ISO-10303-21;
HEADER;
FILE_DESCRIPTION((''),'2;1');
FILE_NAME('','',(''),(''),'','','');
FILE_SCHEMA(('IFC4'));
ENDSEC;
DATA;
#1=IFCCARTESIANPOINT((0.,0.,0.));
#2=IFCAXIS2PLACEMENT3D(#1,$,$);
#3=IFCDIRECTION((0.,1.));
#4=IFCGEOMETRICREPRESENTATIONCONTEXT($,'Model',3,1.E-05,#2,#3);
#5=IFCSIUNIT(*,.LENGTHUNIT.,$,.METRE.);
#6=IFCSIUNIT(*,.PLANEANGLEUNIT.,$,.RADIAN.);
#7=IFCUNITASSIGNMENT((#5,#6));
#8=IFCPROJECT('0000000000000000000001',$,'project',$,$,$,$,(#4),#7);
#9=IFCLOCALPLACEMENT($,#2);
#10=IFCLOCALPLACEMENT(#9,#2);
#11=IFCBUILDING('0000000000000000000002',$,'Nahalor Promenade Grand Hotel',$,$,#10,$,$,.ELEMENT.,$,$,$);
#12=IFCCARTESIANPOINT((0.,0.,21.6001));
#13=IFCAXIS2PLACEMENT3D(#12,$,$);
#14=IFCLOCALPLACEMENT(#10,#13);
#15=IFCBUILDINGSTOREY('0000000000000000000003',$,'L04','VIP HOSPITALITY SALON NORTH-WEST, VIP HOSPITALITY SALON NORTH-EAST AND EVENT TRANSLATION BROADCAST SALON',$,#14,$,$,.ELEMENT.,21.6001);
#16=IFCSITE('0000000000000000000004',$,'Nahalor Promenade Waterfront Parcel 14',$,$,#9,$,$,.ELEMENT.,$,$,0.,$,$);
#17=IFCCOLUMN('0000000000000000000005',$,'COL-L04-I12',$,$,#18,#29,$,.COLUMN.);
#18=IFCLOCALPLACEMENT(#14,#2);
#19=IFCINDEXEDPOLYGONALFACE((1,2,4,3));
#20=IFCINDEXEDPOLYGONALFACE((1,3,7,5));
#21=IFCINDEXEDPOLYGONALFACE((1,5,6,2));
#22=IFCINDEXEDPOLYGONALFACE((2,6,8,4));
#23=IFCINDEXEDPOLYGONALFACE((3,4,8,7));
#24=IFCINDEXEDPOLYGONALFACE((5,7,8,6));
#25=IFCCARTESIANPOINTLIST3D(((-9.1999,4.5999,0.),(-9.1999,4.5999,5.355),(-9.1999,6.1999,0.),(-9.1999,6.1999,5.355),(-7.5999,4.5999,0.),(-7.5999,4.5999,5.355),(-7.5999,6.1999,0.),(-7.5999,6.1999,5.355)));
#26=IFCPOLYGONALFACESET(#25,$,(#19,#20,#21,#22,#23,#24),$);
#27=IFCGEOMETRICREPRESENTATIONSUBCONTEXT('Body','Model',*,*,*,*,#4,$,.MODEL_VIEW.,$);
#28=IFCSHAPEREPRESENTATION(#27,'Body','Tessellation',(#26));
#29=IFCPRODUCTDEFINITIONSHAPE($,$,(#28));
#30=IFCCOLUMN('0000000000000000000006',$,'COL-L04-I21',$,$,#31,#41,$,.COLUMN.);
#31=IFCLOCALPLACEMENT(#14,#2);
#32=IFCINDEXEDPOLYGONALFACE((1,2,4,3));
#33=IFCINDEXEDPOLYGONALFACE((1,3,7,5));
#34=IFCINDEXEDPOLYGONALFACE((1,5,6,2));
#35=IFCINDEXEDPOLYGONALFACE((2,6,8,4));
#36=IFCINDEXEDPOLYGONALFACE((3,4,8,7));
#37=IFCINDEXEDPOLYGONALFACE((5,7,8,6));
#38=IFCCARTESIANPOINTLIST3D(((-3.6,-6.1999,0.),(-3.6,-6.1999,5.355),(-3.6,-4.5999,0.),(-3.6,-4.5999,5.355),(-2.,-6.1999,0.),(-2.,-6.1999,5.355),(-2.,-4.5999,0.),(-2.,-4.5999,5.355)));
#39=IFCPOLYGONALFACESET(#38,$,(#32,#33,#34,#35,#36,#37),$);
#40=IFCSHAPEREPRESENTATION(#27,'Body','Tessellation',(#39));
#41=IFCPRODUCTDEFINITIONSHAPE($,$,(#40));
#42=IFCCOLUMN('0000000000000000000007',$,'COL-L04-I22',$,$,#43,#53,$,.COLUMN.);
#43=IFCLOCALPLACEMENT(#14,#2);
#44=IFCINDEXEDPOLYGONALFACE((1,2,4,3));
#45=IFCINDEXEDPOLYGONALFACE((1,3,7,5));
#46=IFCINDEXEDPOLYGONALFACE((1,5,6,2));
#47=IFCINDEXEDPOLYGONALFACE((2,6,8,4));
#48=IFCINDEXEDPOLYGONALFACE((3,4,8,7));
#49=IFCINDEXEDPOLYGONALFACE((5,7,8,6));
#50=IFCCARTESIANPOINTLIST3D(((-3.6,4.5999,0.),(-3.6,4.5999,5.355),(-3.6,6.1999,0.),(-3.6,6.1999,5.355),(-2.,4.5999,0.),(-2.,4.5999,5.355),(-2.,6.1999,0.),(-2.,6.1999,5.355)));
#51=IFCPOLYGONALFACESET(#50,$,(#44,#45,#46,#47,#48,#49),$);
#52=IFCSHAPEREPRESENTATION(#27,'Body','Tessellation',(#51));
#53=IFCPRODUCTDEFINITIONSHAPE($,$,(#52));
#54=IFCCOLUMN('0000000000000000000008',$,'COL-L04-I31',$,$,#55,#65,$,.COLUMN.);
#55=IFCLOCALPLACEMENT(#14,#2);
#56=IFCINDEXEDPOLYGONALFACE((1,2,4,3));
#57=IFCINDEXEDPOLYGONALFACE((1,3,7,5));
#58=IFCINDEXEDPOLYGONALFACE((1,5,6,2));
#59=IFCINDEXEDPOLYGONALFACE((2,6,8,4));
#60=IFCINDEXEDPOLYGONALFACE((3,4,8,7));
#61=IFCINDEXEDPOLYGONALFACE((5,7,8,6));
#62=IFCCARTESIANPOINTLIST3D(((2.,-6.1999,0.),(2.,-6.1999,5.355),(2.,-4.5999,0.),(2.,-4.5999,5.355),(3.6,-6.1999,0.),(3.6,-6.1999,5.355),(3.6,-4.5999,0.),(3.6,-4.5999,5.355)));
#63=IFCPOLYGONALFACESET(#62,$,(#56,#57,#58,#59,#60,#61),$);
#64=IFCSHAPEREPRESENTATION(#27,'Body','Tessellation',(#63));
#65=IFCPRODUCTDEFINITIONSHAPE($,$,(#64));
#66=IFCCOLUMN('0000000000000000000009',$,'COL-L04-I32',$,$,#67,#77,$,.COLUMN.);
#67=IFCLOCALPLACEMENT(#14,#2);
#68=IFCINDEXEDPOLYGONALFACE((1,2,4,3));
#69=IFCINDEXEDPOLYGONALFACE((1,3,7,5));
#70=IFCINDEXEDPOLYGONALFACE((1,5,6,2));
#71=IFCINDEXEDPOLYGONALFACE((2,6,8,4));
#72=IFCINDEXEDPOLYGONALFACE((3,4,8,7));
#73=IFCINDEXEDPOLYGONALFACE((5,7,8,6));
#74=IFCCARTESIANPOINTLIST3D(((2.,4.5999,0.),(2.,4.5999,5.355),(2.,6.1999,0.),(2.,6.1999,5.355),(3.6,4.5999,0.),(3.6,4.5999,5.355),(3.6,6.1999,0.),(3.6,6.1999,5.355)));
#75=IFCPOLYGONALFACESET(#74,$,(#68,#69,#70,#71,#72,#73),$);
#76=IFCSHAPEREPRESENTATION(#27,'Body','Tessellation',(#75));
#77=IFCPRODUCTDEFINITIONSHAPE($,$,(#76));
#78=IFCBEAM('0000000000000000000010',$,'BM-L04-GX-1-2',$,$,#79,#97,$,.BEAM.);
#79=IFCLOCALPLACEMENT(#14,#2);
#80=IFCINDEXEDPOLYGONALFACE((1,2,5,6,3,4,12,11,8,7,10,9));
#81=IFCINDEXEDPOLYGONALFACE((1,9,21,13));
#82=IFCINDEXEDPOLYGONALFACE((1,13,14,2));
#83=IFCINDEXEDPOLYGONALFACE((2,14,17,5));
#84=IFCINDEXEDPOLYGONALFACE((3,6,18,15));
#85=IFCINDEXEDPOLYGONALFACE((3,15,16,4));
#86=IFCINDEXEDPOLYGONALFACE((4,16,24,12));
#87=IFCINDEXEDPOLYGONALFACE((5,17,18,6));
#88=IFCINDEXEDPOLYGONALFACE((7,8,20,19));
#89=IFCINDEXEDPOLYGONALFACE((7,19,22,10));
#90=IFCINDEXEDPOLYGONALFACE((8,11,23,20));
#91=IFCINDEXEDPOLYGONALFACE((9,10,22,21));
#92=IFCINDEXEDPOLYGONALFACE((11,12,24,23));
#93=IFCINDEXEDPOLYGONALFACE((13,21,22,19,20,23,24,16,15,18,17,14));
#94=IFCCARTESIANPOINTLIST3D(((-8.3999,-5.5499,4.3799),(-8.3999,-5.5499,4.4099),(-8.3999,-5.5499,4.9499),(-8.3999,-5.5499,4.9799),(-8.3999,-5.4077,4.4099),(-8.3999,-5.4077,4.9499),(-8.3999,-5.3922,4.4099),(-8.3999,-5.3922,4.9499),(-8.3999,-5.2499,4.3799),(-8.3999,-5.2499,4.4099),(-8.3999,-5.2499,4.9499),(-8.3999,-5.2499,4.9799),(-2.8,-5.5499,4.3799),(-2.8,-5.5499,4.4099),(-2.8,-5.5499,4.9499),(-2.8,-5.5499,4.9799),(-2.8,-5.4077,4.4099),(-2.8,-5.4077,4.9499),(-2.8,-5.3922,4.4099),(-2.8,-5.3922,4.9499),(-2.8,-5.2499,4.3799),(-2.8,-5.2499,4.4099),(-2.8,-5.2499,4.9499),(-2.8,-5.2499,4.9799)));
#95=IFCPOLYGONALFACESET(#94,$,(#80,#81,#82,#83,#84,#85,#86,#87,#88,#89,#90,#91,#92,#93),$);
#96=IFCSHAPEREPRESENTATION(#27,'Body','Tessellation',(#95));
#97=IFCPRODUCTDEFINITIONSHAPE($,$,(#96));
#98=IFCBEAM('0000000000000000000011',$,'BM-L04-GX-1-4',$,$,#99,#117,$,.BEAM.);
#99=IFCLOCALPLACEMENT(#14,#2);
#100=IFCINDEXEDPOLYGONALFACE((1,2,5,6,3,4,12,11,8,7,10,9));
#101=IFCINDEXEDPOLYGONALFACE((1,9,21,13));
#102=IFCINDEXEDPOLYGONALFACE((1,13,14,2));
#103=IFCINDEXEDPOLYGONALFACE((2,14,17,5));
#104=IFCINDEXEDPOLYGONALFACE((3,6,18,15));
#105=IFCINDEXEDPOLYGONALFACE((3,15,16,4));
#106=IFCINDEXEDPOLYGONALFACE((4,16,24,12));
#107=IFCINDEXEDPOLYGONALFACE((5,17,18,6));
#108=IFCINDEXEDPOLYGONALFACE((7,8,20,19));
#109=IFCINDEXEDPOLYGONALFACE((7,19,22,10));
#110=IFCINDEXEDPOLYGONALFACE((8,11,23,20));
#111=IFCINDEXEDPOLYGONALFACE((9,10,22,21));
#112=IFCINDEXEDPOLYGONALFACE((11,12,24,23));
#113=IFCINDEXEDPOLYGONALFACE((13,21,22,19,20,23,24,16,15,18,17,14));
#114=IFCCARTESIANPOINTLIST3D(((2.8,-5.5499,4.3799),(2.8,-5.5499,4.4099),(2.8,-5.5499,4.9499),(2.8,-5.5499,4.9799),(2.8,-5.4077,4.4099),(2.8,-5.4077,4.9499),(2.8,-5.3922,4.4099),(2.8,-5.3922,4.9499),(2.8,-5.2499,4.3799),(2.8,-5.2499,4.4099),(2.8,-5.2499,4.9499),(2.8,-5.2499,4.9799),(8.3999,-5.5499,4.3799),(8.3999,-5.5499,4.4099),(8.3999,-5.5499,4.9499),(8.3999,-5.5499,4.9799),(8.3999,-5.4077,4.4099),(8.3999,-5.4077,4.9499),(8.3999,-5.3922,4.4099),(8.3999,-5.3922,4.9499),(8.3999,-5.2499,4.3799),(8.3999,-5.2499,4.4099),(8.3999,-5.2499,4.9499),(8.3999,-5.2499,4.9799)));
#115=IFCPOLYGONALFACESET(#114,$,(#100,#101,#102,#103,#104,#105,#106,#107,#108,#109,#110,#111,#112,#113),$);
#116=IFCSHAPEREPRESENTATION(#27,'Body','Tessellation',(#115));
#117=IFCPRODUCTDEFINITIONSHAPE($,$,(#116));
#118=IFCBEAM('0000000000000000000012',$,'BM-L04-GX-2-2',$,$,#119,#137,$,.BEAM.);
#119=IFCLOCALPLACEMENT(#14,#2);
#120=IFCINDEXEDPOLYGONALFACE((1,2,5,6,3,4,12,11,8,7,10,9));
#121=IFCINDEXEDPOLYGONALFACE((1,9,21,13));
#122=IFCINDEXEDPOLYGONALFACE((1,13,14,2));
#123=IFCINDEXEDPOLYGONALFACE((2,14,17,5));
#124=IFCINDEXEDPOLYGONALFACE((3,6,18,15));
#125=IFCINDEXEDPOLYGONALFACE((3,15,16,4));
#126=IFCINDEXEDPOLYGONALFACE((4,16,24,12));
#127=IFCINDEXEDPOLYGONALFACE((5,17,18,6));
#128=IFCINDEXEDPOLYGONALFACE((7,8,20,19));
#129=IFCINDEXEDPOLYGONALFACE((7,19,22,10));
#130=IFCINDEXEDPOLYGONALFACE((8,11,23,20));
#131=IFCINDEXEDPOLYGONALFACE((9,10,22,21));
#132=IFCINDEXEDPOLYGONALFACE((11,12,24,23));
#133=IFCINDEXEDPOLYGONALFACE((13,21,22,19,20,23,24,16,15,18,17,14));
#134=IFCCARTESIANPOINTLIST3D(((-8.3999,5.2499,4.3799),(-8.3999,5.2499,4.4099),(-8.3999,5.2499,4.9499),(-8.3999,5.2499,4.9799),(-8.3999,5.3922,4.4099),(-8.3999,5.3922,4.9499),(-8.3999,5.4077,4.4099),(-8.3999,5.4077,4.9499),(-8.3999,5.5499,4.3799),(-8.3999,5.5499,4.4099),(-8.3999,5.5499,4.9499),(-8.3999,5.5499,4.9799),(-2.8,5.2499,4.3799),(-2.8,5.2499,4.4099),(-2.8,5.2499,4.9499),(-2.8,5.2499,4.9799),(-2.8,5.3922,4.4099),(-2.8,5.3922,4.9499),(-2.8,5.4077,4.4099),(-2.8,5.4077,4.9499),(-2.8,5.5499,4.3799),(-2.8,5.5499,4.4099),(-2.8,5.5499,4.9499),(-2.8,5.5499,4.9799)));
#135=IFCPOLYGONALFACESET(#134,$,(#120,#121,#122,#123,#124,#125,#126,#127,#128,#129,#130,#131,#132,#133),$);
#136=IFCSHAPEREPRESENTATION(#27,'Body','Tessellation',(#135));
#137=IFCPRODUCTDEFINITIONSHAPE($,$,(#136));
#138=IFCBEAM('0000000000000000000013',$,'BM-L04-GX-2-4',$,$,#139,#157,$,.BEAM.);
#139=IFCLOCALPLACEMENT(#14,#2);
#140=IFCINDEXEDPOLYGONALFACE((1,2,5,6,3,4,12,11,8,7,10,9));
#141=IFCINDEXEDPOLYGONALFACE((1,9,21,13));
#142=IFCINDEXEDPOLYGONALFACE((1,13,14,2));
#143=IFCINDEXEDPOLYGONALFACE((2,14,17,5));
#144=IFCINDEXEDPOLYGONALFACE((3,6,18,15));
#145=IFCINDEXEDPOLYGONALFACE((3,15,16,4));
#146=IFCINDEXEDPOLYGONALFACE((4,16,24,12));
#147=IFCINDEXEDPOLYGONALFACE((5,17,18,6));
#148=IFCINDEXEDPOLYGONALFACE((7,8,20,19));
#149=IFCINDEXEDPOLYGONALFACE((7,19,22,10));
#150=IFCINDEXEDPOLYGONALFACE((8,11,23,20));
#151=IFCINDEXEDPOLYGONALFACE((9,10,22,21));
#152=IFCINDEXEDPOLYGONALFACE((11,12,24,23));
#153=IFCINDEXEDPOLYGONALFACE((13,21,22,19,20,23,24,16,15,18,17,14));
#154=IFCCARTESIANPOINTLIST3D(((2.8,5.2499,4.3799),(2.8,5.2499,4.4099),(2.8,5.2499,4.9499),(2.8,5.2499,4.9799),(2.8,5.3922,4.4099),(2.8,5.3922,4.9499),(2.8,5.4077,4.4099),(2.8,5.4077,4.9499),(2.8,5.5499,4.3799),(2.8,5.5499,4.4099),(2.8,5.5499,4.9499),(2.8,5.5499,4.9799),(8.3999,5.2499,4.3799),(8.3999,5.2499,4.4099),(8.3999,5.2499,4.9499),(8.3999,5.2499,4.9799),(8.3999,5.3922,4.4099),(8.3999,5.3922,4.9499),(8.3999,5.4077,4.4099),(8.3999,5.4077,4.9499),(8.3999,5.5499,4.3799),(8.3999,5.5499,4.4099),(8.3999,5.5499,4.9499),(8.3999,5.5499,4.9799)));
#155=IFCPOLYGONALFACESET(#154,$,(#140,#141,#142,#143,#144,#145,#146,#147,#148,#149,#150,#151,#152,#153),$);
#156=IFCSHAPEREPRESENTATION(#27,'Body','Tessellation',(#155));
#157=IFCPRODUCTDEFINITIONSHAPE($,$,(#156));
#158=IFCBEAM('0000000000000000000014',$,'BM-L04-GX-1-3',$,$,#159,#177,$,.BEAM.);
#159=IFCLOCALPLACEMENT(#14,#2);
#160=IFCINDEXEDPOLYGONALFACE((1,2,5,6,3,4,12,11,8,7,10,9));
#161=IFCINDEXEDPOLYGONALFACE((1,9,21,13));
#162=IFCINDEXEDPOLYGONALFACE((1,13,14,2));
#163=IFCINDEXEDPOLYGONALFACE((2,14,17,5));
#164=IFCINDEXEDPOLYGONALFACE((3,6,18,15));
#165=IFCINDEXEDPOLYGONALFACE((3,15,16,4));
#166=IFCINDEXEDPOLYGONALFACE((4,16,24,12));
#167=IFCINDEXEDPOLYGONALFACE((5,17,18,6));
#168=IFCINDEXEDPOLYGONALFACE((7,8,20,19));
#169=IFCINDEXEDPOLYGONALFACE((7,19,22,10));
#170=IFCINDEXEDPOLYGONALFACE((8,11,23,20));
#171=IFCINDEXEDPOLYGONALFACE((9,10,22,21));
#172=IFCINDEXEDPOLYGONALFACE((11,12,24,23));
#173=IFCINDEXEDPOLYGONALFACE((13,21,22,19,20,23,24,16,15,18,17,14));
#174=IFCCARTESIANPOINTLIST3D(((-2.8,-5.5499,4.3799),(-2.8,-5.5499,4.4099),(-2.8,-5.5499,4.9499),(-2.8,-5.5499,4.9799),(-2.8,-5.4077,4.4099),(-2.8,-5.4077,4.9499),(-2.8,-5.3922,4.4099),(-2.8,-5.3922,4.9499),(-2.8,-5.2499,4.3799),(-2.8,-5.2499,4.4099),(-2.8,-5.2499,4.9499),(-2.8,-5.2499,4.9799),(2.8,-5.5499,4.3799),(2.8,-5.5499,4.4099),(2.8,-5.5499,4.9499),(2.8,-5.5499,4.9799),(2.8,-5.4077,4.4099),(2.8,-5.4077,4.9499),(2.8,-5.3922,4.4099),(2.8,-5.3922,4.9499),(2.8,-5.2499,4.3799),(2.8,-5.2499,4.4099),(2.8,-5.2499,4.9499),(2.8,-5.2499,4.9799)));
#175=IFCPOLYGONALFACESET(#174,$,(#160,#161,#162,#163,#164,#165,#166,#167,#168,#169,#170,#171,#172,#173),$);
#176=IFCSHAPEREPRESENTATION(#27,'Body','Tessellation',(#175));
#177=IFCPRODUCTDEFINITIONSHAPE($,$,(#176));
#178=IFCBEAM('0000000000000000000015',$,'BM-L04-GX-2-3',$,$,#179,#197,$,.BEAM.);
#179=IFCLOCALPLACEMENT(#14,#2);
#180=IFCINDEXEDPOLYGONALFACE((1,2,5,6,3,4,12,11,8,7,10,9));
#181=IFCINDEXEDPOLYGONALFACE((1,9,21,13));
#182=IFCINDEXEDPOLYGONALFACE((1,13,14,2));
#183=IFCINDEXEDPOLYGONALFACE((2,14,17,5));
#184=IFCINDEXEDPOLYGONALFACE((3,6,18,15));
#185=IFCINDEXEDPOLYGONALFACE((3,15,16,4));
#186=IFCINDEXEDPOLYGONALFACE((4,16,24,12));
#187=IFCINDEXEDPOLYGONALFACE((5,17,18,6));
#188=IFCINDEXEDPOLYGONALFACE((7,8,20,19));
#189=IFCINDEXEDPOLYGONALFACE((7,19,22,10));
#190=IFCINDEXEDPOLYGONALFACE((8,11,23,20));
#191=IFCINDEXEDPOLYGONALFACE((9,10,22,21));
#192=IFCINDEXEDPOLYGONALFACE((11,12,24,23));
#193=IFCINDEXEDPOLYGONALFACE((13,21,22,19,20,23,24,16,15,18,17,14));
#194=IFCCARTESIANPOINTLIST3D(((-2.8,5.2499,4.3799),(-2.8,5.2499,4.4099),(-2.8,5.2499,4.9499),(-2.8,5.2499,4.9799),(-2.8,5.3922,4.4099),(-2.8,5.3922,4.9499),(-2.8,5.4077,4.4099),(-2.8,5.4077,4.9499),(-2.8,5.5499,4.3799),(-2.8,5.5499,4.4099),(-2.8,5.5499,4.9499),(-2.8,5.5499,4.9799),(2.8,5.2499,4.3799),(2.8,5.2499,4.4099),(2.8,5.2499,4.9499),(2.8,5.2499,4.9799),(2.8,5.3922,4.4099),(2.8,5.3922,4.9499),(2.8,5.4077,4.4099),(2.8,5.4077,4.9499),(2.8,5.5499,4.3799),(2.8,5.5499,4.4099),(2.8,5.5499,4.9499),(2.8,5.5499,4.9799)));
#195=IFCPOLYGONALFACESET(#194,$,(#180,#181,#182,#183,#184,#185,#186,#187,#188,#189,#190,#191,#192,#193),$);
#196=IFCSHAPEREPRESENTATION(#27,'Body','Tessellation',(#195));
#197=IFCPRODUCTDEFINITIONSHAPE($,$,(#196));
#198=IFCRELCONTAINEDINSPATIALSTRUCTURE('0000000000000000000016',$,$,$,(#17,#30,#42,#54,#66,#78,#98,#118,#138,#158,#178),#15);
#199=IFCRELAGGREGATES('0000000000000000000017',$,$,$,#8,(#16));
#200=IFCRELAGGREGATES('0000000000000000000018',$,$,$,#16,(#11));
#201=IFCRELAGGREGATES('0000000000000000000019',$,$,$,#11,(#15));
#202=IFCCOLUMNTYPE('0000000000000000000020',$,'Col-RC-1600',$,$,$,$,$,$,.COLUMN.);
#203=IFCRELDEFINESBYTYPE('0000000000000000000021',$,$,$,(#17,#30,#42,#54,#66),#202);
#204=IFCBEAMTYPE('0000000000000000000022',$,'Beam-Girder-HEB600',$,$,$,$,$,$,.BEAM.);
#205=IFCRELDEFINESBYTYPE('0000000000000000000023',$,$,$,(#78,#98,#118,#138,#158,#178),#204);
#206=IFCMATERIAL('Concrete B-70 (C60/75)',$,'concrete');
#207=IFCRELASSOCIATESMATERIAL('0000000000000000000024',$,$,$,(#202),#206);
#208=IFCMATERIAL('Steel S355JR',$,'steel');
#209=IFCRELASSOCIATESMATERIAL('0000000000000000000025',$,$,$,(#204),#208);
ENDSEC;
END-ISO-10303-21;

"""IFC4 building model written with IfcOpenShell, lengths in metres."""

from ifc_helpers import new_model, si_unit, direction, frame, origin, origin_2d, place, context, subcontext, project, spatial, rectangle, i_section, extrude, source, transform, mapped, material, material_profile, profile_set, type_object, element, save


model = new_model("IFC4")

# Units and contexts
model_context = context("Model", 3, precision=1e-05, world=origin(), true_north=direction((0.0, 1.0)))
body_context = subcontext(model_context, "Body", "Model", "MODEL_VIEW")
ifc_project = project(units=[si_unit("LENGTHUNIT", "METRE"), si_unit("PLANEANGLEUNIT", "RADIAN")], contexts=[model_context])

# Site, building, storey
site_placement = place(None, origin())
site = spatial("IfcSite", under=ifc_project, at=site_placement, Name="Nahalor Promenade Waterfront Parcel 14", CompositionType="ELEMENT", RefElevation=0.0)
building_placement = place(site_placement, origin())
building = spatial("IfcBuilding", under=site, at=building_placement, Name="Nahalor Promenade Grand Hotel", CompositionType="ELEMENT")
storey_placement = place(building_placement, frame((0.0, 0.0, 21.6001)))
storey = spatial("IfcBuildingStorey", under=building, at=storey_placement, Name="L04", Description="VIP HOSPITALITY SALON NORTH-WEST, VIP HOSPITALITY SALON NORTH-EAST AND EVENT TRANSLATION BROADCAST SALON", CompositionType="ELEMENT", Elevation=21.6001)

# Columns
ifc_material_1 = material(Name="Concrete B-70 (C60/75)", Category="concrete")
ifc_material_profile_1 = material_profile(ifc_material_1, rectangle(XDim=1.6, YDim=1.6, at=origin_2d()), Name="RC 1600x1600")
ifc_profile_set_1 = profile_set([ifc_material_profile_1], Name="Concrete B-70 (C60/75)")
column_type = type_object("IfcColumnType", Name="Col-RC-1600", PredefinedType="COLUMN", material=ifc_profile_set_1)
shared_shape_1 = source(origin(), body_context, "Body", "SweptSolid", [
    extrude(rectangle(XDim=1.6, YDim=1.6, at=origin_2d()), origin(), (0.0, 0.0, 1.0), 5.355),
])
for number, where, z_axis, x_axis, name in (
    (1, (-8.3999, 5.3999, 0.0), (0.0, 0.0, 1.0), (1.0, 0.0, 0.0), "COL-L04-I12"),
    (2, (-2.8, -5.3999, 0.0), (0.0, 0.0, 1.0), (1.0, 0.0, 0.0), "COL-L04-I21"),
    (3, (-2.8, 5.3999, 0.0), (0.0, 0.0, 1.0), (1.0, 0.0, 0.0), "COL-L04-I22"),
    (4, (2.8, -5.3999, 0.0), (0.0, 0.0, 1.0), (1.0, 0.0, 0.0), "COL-L04-I31"),
    (5, (2.8, 5.3999, 0.0), (0.0, 0.0, 1.0), (1.0, 0.0, 0.0), "COL-L04-I32"),
):
    element("IfcColumn", number, at=place(storey_placement, frame(where, z_axis=z_axis, x_axis=x_axis)), inside=storey, type_object=column_type, Name=name, PredefinedType="COLUMN", context=body_context, shape_type="MappedRepresentation", body=[
        mapped(shared_shape_1, transform((0.0, 0.0, 0.0), scale=1.0)),
    ])

# Beams
ifc_material_2 = material(Name="Steel S355JR", Category="steel")
ifc_material_profile_2 = material_profile(ifc_material_2, i_section(OverallWidth=0.3, OverallDepth=0.6, WebThickness=0.0155, FlangeThickness=0.03, at=origin_2d()), Name="HEB 600")
ifc_profile_set_2 = profile_set([ifc_material_profile_2], Name="Steel S355JR")
beam_type = type_object("IfcBeamType", Name="Beam-Girder-HEB600", PredefinedType="BEAM", material=ifc_profile_set_2)
shared_shape_2 = source(origin(), body_context, "Body", "SweptSolid", [
    extrude(i_section(OverallWidth=0.3, OverallDepth=0.6, WebThickness=0.0155, FlangeThickness=0.03, at=origin_2d()), origin(), (0.0, 0.0, 1.0), 5.5999),
])
for number, where, z_axis, x_axis, name in (
    (6, (-8.3999, -5.3999, 4.6799), (1.0, 0.0, 0.0), (0.0, 1.0, 0.0), "BM-L04-GX-1-2"),
    (7, (2.8, -5.3999, 4.6799), (1.0, 0.0, 0.0), (0.0, 1.0, 0.0), "BM-L04-GX-1-4"),
    (8, (-8.3999, 5.3999, 4.6799), (1.0, 0.0, 0.0), (0.0, 1.0, 0.0), "BM-L04-GX-2-2"),
    (9, (2.8, 5.3999, 4.6799), (1.0, 0.0, 0.0), (0.0, 1.0, 0.0), "BM-L04-GX-2-4"),
):
    element("IfcBeam", number, at=place(storey_placement, frame(where, z_axis=z_axis, x_axis=x_axis)), inside=storey, type_object=beam_type, Name=name, PredefinedType="BEAM", context=body_context, shape_type="MappedRepresentation", body=[
        mapped(shared_shape_2, transform((0.0, 0.0, 0.0), scale=1.0)),
    ])
shared_shape_3 = source(origin(), body_context, "Body", "SweptSolid", [
    extrude(i_section(OverallWidth=0.3, OverallDepth=0.6, WebThickness=0.0155, FlangeThickness=0.03, at=origin_2d()), origin(), (0.0, 0.0, 1.0), 5.6001),
])
for number, where, z_axis, x_axis, name in (
    (10, (-2.8, -5.3999, 4.6799), (1.0, 0.0, 0.0), (0.0, 1.0, 0.0), "BM-L04-GX-1-3"),
    (11, (-2.8, 5.3999, 4.6799), (1.0, 0.0, 0.0), (0.0, 1.0, 0.0), "BM-L04-GX-2-3"),
):
    element("IfcBeam", number, at=place(storey_placement, frame(where, z_axis=z_axis, x_axis=x_axis)), inside=storey, type_object=beam_type, Name=name, PredefinedType="BEAM", context=body_context, shape_type="MappedRepresentation", body=[
        mapped(shared_shape_3, transform((0.0, 0.0, 0.0), scale=1.0)),
    ])

save(model, "model.ifc")
